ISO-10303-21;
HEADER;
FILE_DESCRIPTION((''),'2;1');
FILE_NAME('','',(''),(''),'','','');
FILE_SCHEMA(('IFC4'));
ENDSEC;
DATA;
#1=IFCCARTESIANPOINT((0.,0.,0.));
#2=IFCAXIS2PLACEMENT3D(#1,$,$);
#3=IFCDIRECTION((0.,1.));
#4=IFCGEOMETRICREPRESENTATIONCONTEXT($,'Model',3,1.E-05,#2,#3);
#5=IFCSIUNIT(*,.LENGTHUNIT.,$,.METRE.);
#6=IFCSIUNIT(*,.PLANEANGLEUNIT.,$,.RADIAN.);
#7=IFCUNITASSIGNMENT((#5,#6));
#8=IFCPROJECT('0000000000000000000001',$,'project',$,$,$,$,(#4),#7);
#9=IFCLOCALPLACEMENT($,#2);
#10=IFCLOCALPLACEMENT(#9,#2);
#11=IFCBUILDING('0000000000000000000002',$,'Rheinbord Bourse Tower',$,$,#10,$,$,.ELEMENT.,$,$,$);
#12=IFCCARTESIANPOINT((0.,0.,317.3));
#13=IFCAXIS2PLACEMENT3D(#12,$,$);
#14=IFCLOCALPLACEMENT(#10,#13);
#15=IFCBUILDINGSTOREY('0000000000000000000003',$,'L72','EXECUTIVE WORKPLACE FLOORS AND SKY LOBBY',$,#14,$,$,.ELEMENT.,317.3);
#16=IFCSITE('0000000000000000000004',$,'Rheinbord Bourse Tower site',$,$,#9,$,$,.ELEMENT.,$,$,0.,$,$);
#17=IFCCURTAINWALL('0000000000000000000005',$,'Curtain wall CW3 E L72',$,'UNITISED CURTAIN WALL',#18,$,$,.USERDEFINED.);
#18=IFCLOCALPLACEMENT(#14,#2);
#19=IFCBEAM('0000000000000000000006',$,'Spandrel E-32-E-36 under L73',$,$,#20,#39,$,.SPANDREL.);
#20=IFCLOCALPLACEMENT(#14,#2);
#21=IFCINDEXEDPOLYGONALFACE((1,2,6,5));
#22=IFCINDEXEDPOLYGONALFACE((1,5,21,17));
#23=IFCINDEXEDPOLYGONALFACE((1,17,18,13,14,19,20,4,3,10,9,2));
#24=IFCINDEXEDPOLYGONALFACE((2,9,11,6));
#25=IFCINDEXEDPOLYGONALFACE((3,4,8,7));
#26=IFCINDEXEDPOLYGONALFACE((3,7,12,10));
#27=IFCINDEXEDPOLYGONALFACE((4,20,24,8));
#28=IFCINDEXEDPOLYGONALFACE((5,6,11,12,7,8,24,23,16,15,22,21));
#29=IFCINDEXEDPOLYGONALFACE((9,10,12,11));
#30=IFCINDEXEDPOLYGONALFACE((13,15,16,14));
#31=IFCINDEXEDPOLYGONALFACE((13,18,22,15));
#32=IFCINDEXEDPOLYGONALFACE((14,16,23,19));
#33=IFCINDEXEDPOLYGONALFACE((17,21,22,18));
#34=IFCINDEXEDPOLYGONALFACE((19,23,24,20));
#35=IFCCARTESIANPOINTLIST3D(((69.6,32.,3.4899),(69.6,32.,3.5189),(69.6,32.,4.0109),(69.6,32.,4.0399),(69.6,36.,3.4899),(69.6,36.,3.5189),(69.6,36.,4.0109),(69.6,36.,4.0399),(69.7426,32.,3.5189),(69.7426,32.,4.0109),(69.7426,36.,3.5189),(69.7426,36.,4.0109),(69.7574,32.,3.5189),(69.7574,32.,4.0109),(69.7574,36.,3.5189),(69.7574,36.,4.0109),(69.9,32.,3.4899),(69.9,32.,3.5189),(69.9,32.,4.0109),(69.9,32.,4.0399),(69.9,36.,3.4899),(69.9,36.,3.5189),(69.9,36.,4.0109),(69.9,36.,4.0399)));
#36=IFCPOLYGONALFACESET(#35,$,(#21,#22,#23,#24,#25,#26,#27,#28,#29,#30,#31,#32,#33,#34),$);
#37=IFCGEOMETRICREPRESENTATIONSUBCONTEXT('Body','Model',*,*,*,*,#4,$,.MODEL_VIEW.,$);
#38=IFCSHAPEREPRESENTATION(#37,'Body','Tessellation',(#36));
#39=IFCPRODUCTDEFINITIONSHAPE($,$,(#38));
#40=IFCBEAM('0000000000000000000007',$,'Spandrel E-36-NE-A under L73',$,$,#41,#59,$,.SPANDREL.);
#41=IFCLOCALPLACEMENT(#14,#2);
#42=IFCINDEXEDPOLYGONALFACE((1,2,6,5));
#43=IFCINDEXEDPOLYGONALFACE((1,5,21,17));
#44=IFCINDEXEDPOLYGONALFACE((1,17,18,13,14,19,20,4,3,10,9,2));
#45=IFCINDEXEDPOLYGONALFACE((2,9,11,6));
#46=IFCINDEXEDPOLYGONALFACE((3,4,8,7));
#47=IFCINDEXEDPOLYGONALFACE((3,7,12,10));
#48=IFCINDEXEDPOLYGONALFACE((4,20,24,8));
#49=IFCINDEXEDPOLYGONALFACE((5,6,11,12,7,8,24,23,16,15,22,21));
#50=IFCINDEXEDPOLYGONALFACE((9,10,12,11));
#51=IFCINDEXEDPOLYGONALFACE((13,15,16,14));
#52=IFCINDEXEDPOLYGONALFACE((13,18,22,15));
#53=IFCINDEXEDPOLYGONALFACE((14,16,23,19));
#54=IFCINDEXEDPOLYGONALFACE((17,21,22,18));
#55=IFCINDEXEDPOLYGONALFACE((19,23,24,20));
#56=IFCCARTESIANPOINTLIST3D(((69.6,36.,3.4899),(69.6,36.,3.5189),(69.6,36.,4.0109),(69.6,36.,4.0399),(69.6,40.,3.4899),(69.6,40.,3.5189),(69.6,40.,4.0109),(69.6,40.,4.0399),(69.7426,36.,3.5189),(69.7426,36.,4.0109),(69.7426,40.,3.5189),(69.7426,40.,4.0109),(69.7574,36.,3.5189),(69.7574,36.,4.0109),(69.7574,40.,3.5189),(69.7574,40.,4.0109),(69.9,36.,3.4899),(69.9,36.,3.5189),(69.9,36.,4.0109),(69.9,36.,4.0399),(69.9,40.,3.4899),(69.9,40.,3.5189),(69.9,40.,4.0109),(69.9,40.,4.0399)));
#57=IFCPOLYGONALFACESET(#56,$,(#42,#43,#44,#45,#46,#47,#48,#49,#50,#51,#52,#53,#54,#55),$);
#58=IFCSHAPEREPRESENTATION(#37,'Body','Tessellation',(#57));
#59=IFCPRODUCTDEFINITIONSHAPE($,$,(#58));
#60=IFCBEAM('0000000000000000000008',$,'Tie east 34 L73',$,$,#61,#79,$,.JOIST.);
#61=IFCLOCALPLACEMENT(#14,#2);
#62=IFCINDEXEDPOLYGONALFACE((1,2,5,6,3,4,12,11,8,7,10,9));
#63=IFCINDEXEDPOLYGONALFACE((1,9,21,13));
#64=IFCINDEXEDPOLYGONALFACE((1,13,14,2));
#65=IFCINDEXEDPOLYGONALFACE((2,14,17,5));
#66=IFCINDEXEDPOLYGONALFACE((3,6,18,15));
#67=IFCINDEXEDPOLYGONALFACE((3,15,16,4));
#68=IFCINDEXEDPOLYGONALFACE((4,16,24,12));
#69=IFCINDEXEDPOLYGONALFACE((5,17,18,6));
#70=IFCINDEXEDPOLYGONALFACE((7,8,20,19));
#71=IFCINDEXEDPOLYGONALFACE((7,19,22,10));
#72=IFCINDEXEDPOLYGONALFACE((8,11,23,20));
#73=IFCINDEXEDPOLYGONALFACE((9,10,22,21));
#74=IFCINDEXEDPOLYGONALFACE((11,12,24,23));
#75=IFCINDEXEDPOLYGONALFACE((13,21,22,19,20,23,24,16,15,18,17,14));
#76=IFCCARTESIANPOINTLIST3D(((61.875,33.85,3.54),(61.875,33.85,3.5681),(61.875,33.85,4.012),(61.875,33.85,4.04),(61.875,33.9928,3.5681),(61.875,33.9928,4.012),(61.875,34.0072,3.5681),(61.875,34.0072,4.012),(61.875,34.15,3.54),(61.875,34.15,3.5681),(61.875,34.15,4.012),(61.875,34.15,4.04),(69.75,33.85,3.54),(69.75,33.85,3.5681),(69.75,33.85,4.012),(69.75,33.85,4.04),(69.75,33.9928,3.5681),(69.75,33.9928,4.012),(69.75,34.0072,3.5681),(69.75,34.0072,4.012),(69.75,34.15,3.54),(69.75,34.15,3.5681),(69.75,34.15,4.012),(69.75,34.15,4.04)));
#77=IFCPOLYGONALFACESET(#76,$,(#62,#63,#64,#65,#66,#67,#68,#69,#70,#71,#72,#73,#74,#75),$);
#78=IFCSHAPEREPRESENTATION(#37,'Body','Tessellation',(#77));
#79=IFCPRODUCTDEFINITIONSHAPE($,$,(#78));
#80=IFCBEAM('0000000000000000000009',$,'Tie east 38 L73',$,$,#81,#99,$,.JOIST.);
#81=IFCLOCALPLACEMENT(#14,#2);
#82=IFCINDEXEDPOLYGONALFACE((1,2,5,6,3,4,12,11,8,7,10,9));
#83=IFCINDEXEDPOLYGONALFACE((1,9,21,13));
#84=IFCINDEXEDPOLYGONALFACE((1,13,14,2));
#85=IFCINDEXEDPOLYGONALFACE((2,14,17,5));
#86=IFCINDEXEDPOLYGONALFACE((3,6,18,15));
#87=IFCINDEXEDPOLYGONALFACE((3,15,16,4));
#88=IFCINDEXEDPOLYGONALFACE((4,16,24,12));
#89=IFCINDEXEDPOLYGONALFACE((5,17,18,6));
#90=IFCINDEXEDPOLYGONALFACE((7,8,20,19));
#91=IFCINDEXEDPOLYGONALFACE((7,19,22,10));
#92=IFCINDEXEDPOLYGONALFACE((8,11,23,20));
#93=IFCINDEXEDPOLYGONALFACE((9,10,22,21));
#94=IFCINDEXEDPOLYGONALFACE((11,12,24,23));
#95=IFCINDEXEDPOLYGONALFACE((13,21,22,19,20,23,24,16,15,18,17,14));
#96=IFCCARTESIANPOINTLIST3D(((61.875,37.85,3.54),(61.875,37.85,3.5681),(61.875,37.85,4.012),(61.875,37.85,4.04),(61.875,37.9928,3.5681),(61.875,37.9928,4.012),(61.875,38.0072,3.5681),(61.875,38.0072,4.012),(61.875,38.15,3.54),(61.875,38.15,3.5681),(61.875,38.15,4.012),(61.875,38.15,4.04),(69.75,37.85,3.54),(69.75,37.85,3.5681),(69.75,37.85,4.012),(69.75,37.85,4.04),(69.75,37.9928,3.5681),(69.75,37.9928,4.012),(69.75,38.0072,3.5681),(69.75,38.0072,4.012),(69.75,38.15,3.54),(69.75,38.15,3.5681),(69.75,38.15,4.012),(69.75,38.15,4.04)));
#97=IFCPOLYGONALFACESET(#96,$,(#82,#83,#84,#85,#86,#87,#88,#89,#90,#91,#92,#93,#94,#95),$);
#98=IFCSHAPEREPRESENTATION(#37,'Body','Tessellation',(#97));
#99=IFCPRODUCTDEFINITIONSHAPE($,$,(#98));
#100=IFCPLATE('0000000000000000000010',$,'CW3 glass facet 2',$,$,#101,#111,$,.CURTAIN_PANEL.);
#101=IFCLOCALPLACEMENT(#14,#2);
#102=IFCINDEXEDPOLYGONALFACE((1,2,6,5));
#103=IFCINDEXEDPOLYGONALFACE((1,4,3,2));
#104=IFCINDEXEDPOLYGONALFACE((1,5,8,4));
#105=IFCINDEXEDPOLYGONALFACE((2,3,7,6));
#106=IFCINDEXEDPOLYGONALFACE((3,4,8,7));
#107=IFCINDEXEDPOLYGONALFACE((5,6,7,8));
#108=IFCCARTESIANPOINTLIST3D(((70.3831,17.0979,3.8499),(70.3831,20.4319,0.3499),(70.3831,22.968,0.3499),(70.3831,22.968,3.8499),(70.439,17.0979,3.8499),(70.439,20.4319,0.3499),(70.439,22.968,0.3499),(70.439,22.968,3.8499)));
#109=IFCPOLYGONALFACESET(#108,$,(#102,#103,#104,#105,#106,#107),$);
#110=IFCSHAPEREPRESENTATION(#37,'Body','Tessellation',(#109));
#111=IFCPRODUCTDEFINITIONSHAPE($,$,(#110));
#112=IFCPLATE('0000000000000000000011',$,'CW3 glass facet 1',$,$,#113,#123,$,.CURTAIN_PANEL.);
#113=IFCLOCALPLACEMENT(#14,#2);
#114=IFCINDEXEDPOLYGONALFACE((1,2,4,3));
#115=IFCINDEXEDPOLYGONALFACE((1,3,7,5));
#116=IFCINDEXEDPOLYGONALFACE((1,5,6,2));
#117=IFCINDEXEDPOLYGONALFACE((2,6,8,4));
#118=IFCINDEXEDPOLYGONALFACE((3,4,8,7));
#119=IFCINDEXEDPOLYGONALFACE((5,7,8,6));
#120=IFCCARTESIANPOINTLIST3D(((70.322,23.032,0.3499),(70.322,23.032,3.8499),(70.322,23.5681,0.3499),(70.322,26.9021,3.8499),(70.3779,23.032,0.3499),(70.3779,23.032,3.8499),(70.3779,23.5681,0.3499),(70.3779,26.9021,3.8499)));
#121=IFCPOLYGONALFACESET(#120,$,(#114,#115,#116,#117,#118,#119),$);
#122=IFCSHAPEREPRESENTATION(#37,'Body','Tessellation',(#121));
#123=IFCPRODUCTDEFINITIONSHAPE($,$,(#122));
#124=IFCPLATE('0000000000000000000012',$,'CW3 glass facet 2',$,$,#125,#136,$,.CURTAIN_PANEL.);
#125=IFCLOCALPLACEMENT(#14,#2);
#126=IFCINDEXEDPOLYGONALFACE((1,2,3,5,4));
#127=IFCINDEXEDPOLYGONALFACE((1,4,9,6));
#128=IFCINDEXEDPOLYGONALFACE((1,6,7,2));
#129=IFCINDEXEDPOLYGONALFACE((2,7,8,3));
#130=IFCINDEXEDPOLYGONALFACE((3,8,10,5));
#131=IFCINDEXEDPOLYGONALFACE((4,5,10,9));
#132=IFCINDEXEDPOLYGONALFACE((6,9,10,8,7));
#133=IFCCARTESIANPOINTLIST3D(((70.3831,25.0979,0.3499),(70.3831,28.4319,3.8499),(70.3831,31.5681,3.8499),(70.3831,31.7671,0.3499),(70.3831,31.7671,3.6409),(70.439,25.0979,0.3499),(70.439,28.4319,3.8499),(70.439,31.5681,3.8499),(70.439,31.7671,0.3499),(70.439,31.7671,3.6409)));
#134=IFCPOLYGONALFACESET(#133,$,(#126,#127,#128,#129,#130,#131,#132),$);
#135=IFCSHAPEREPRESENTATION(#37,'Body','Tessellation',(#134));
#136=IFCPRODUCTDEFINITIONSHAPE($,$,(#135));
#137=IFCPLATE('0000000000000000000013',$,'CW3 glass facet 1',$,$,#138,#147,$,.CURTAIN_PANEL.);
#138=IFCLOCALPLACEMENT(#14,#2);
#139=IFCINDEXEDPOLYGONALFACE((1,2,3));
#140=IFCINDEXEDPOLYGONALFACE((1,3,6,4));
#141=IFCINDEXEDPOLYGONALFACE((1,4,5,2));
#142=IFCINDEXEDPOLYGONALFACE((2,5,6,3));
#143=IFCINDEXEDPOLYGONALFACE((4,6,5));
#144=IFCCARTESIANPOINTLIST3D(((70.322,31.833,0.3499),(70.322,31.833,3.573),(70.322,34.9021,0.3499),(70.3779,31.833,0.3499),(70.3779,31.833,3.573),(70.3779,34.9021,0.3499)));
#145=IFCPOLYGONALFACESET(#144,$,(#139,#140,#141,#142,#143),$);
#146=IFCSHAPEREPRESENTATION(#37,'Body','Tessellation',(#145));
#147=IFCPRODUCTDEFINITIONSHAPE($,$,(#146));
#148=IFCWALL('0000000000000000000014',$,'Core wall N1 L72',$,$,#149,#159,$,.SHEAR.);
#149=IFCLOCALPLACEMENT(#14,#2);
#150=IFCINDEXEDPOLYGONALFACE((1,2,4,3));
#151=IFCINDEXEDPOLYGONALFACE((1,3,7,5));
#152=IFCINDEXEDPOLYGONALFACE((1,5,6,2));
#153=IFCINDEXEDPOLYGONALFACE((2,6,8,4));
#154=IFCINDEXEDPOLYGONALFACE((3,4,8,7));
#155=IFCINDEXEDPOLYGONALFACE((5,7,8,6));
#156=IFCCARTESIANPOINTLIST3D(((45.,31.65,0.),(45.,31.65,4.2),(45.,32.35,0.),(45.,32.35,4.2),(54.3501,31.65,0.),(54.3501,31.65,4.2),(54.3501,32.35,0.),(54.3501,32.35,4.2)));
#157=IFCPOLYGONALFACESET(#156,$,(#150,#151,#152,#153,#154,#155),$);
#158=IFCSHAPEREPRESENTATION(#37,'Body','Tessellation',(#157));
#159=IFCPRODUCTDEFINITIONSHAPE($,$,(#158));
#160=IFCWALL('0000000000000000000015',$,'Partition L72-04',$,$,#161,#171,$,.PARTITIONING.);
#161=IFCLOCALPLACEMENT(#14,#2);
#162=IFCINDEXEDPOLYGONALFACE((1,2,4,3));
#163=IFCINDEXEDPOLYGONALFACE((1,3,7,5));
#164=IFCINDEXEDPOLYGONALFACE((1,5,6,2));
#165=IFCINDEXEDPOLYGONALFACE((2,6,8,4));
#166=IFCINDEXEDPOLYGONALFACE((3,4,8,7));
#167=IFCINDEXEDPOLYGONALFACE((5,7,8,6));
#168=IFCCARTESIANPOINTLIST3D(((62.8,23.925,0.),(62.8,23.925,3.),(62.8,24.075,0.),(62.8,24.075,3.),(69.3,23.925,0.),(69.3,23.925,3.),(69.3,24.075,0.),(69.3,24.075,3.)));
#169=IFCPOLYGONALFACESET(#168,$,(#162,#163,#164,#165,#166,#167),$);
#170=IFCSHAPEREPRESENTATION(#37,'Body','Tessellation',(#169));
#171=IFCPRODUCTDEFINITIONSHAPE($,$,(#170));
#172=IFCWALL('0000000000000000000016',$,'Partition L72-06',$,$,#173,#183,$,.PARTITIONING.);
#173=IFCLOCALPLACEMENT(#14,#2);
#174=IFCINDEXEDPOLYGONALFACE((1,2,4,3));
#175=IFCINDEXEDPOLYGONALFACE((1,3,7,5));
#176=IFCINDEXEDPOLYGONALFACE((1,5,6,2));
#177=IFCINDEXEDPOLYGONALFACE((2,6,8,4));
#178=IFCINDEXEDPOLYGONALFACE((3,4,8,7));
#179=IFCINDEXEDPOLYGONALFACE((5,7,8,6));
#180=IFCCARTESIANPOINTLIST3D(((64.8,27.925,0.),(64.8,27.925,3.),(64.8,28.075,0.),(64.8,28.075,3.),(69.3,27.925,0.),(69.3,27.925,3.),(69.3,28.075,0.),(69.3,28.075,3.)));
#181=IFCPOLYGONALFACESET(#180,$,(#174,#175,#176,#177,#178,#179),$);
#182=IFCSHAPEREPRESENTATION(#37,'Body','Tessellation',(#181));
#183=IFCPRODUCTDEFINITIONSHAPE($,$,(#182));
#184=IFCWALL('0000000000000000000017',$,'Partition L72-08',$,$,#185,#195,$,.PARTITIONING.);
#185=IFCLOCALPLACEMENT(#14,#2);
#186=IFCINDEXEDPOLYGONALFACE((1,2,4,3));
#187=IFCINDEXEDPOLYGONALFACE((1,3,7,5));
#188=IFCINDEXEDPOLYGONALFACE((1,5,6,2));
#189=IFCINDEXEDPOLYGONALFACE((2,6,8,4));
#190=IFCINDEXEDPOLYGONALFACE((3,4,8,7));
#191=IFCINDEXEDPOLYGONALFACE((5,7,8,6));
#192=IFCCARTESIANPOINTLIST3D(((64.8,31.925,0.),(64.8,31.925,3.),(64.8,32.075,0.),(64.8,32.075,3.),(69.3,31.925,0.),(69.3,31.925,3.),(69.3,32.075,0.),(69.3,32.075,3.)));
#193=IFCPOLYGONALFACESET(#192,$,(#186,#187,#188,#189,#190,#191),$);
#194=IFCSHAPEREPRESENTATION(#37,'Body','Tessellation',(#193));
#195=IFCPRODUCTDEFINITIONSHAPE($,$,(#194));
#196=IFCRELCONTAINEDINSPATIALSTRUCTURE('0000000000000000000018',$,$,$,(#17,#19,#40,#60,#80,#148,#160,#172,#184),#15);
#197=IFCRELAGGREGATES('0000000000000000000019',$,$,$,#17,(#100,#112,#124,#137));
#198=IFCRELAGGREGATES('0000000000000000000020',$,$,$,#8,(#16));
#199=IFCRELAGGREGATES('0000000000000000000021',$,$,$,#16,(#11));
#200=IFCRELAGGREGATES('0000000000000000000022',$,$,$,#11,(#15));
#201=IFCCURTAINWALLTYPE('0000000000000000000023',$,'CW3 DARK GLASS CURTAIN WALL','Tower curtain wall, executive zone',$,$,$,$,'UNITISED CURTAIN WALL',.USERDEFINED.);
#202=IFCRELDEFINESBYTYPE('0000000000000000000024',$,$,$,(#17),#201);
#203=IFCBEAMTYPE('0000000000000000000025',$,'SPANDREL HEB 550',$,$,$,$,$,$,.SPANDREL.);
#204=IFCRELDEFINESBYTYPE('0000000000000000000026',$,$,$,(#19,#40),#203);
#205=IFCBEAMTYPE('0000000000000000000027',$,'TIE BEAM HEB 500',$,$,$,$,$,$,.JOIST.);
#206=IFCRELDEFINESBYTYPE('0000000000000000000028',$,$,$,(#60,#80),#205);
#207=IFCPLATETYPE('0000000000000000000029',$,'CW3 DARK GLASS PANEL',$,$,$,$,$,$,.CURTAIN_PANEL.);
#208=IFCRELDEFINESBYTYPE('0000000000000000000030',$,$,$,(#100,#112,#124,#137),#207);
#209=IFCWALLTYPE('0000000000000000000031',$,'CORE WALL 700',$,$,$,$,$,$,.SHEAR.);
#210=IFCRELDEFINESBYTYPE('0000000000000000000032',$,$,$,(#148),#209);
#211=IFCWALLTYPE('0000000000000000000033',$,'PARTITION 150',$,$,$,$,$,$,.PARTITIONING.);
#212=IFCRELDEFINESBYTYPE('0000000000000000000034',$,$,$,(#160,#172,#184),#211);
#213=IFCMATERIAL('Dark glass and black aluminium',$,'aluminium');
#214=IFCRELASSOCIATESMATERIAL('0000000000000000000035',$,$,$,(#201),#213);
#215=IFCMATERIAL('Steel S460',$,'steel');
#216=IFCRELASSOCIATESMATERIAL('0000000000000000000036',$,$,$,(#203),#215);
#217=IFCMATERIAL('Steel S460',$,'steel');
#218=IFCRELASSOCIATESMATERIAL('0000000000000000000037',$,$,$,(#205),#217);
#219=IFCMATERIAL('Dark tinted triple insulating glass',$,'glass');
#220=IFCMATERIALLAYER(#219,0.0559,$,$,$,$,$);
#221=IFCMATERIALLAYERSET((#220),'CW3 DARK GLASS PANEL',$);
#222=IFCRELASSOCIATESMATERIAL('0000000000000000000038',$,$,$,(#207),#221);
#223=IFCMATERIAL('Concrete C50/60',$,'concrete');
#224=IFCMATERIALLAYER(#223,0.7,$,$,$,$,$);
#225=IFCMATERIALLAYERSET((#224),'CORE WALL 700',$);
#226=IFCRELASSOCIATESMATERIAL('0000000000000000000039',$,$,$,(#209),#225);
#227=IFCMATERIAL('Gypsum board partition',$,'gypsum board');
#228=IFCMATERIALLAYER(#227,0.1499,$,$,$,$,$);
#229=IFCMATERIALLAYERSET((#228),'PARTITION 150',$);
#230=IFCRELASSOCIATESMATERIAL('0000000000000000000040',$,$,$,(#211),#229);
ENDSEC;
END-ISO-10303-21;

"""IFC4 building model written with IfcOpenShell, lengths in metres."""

from ifc_helpers import new_model, si_unit, direction, frame, frame_2d, origin, origin_2d, place, context, subcontext, project, spatial, polyline, rectangle, i_section, outline, extrude, material, layer, layer_set, material_profile, profile_set, type_object, element, aggregate, save


model = new_model("IFC4")

# Units and contexts
model_context = context("Model", 3, precision=1e-05, world=origin(), true_north=direction((0.0, 1.0)))
body_context = subcontext(model_context, "Body", "Model", "MODEL_VIEW")
ifc_project = project(units=[si_unit("LENGTHUNIT", "METRE"), si_unit("PLANEANGLEUNIT", "RADIAN")], contexts=[model_context])

# Site, building, storey
site_placement = place(None, origin())
site = spatial("IfcSite", under=ifc_project, at=site_placement, Name="Rheinbord Bourse Tower site", CompositionType="ELEMENT", RefElevation=0.0)
building_placement = place(site_placement, origin())
building = spatial("IfcBuilding", under=site, at=building_placement, Name="Rheinbord Bourse Tower", CompositionType="ELEMENT")
storey_placement = place(building_placement, frame((0.0, 0.0, 317.3)))
storey = spatial("IfcBuildingStorey", under=building, at=storey_placement, Name="L72", Description="EXECUTIVE WORKPLACE FLOORS AND SKY LOBBY", CompositionType="ELEMENT", Elevation=317.3)

# Curtain wall
ifc_material_1 = material(Name="Dark glass and black aluminium", Category="aluminium")
curtain_wall_type = type_object("IfcCurtainWallType", Name="CW3 DARK GLASS CURTAIN WALL", Description="Tower curtain wall, executive zone", ElementType="UNITISED CURTAIN WALL", PredefinedType="USERDEFINED", material=ifc_material_1)
curtain_wall_placement = place(storey_placement, origin())
curtain_wall = element("IfcCurtainWall", 1, at=curtain_wall_placement, inside=storey, type_object=curtain_wall_type, Name="Curtain wall CW3 E L72", ObjectType="UNITISED CURTAIN WALL", PredefinedType="USERDEFINED")

# Beams
ifc_material_2 = material(Name="Steel S460", Category="steel")
ifc_material_profile_1 = material_profile(ifc_material_2, i_section(OverallWidth=0.3, OverallDepth=0.55, WebThickness=0.0149, FlangeThickness=0.0291, at=origin_2d()), Name="HEB 550")
ifc_profile_set_1 = profile_set([ifc_material_profile_1], Name="Steel S460")
beam_type_1 = type_object("IfcBeamType", Name="SPANDREL HEB 550", PredefinedType="SPANDREL", material=ifc_profile_set_1)
for number, where, z_axis, x_axis, name in (
    (2, (69.75, 32.0, 3.7649), (0.0, 1.0, 0.0), (-1.0, 0.0, 0.0), "Spandrel E-32-E-36 under L73"),
    (3, (69.75, 36.0, 3.7649), (0.0, 1.0, 0.0), (-1.0, 0.0, 0.0), "Spandrel E-36-NE-A under L73"),
):
    element("IfcBeam", number, at=place(storey_placement, frame(where, z_axis=z_axis, x_axis=x_axis)), inside=storey, type_object=beam_type_1, Name=name, PredefinedType="SPANDREL", context=body_context, shape_type="SweptSolid", body=[
        extrude(i_section(OverallWidth=0.3, OverallDepth=0.55, WebThickness=0.0149, FlangeThickness=0.0291, at=origin_2d()), origin(), (0.0, 0.0, 1.0), 4.0),
    ])
ifc_material_3 = material(Name="Steel S460", Category="steel")
ifc_material_profile_2 = material_profile(ifc_material_3, i_section(OverallWidth=0.3, OverallDepth=0.5, WebThickness=0.0144, FlangeThickness=0.0281, at=origin_2d()), Name="HEB 500")
ifc_profile_set_2 = profile_set([ifc_material_profile_2], Name="Steel S460")
beam_type_2 = type_object("IfcBeamType", Name="TIE BEAM HEB 500", PredefinedType="JOIST", material=ifc_profile_set_2)
for number, where, z_axis, x_axis, name in (
    (4, (61.875, 34.0, 3.79), (1.0, 0.0, 0.0), (0.0, 1.0, 0.0), "Tie east 34 L73"),
    (5, (61.875, 38.0, 3.79), (1.0, 0.0, 0.0), (0.0, 1.0, 0.0), "Tie east 38 L73"),
):
    element("IfcBeam", number, at=place(storey_placement, frame(where, z_axis=z_axis, x_axis=x_axis)), inside=storey, type_object=beam_type_2, Name=name, PredefinedType="JOIST", context=body_context, shape_type="SweptSolid", body=[
        extrude(i_section(OverallWidth=0.3, OverallDepth=0.5, WebThickness=0.0144, FlangeThickness=0.0281, at=origin_2d()), origin(), (0.0, 0.0, 1.0), 7.875),
    ])

# Plates
ifc_material_4 = material(Name="Dark tinted triple insulating glass", Category="glass")
ifc_layer_1 = layer(ifc_material_4, 0.0559)
ifc_layer_set_1 = layer_set([ifc_layer_1], Name="CW3 DARK GLASS PANEL")
plate_type = type_object("IfcPlateType", Name="CW3 DARK GLASS PANEL", PredefinedType="CURTAIN_PANEL", material=ifc_layer_set_1)
plate_1_placement = place(storey_placement, frame((70.439, 22.968, 3.8499), z_axis=(-1.0, 0.0, 0.0), x_axis=(0.0, 0.0, -1.0)))
plate_1 = element("IfcPlate", 6, at=plate_1_placement, type_object=plate_type, Name="CW3 glass facet 2", PredefinedType="CURTAIN_PANEL", context=body_context, shape_type="SweptSolid", body=[
    extrude(outline(polyline([(0.0, 0.0), (3.5, 0.0), (3.5, 2.5361), (0.0, 5.8701), (0.0, 0.0)])), origin(), (0.0, 0.0, 1.0), 0.0559),
])
plate_2_placement = place(storey_placement, frame((70.3779, 23.032, 0.3499), z_axis=(-1.0, 0.0, 0.0), x_axis=(0.0, 0.0, 1.0)))
plate_2 = element("IfcPlate", 7, at=plate_2_placement, type_object=plate_type, Name="CW3 glass facet 1", PredefinedType="CURTAIN_PANEL", context=body_context, shape_type="SweptSolid", body=[
    extrude(outline(polyline([(0.0, 0.0), (3.5, 0.0), (3.5, 3.8701), (0.0, 0.5361), (0.0, 0.0)])), origin(), (0.0, 0.0, 1.0), 0.0559),
])
plate_3_placement = place(storey_placement, frame((70.439, 31.7671, 0.3499), z_axis=(-1.0, 0.0, 0.0), x_axis=(0.0, -1.0, 0.0)))
plate_3 = element("IfcPlate", 8, at=plate_3_placement, type_object=plate_type, Name="CW3 glass facet 2", PredefinedType="CURTAIN_PANEL", context=body_context, shape_type="SweptSolid", body=[
    extrude(outline(polyline([(0.0, 0.0), (6.6692, 0.0), (3.3352, 3.5), (0.199, 3.5), (0.0, 3.291), (0.0, 0.0)])), origin(), (0.0, 0.0, 1.0), 0.0559),
])
plate_4_placement = place(storey_placement, frame((70.3779, 31.833, 0.3499), z_axis=(-1.0, 0.0, 0.0), x_axis=(0.0, 0.0, 1.0)))
plate_4 = element("IfcPlate", 9, at=plate_4_placement, type_object=plate_type, Name="CW3 glass facet 1", PredefinedType="CURTAIN_PANEL", context=body_context, shape_type="SweptSolid", body=[
    extrude(outline(polyline([(0.0, 0.0), (3.2231, 0.0), (0.0, 3.0691), (0.0, 0.0)])), origin(), (0.0, 0.0, 1.0), 0.0559),
])
aggregate(curtain_wall, [plate_1, plate_2, plate_3, plate_4])

# Walls
ifc_material_5 = material(Name="Concrete C50/60", Category="concrete")
ifc_layer_2 = layer(ifc_material_5, 0.7)
ifc_layer_set_2 = layer_set([ifc_layer_2], Name="CORE WALL 700")
wall_type_1 = type_object("IfcWallType", Name="CORE WALL 700", PredefinedType="SHEAR", material=ifc_layer_set_2)
wall_1_placement = place(storey_placement, frame((54.3501, 32.0, 0.0), z_axis=(0.0, 0.0, 1.0), x_axis=(-1.0, 0.0, 0.0)))
element("IfcWall", 10, at=wall_1_placement, inside=storey, type_object=wall_type_1, Name="Core wall N1 L72", PredefinedType="SHEAR", context=body_context, shape_type="SweptSolid", body=[
    extrude(rectangle(XDim=9.3501, YDim=0.7, at=frame_2d((4.675, 0.0))), origin(), (0.0, 0.0, 1.0), 4.2),
])
ifc_material_6 = material(Name="Gypsum board partition", Category="gypsum board")
ifc_layer_3 = layer(ifc_material_6, 0.1499)
ifc_layer_set_3 = layer_set([ifc_layer_3], Name="PARTITION 150")
wall_type_2 = type_object("IfcWallType", Name="PARTITION 150", PredefinedType="PARTITIONING", material=ifc_layer_set_3)
wall_2_placement = place(storey_placement, frame((62.8, 24.0, 0.0), z_axis=(0.0, 0.0, 1.0), x_axis=(1.0, 0.0, 0.0)))
element("IfcWall", 11, at=wall_2_placement, inside=storey, type_object=wall_type_2, Name="Partition L72-04", PredefinedType="PARTITIONING", context=body_context, shape_type="SweptSolid", body=[
    extrude(rectangle(XDim=6.5, YDim=0.1499, at=frame_2d((3.25, 0.0))), origin(), (0.0, 0.0, 1.0), 3.0),
])
for number, where, z_axis, x_axis, name in (
    (12, (64.8, 28.0, 0.0), (0.0, 0.0, 1.0), (1.0, 0.0, 0.0), "Partition L72-06"),
    (13, (64.8, 32.0, 0.0), (0.0, 0.0, 1.0), (1.0, 0.0, 0.0), "Partition L72-08"),
):
    element("IfcWall", number, at=place(storey_placement, frame(where, z_axis=z_axis, x_axis=x_axis)), inside=storey, type_object=wall_type_2, Name=name, PredefinedType="PARTITIONING", context=body_context, shape_type="SweptSolid", body=[
        extrude(rectangle(XDim=4.5, YDim=0.1499, at=frame_2d((2.25, 0.0))), origin(), (0.0, 0.0, 1.0), 3.0),
    ])

save(model, "model.ifc")
